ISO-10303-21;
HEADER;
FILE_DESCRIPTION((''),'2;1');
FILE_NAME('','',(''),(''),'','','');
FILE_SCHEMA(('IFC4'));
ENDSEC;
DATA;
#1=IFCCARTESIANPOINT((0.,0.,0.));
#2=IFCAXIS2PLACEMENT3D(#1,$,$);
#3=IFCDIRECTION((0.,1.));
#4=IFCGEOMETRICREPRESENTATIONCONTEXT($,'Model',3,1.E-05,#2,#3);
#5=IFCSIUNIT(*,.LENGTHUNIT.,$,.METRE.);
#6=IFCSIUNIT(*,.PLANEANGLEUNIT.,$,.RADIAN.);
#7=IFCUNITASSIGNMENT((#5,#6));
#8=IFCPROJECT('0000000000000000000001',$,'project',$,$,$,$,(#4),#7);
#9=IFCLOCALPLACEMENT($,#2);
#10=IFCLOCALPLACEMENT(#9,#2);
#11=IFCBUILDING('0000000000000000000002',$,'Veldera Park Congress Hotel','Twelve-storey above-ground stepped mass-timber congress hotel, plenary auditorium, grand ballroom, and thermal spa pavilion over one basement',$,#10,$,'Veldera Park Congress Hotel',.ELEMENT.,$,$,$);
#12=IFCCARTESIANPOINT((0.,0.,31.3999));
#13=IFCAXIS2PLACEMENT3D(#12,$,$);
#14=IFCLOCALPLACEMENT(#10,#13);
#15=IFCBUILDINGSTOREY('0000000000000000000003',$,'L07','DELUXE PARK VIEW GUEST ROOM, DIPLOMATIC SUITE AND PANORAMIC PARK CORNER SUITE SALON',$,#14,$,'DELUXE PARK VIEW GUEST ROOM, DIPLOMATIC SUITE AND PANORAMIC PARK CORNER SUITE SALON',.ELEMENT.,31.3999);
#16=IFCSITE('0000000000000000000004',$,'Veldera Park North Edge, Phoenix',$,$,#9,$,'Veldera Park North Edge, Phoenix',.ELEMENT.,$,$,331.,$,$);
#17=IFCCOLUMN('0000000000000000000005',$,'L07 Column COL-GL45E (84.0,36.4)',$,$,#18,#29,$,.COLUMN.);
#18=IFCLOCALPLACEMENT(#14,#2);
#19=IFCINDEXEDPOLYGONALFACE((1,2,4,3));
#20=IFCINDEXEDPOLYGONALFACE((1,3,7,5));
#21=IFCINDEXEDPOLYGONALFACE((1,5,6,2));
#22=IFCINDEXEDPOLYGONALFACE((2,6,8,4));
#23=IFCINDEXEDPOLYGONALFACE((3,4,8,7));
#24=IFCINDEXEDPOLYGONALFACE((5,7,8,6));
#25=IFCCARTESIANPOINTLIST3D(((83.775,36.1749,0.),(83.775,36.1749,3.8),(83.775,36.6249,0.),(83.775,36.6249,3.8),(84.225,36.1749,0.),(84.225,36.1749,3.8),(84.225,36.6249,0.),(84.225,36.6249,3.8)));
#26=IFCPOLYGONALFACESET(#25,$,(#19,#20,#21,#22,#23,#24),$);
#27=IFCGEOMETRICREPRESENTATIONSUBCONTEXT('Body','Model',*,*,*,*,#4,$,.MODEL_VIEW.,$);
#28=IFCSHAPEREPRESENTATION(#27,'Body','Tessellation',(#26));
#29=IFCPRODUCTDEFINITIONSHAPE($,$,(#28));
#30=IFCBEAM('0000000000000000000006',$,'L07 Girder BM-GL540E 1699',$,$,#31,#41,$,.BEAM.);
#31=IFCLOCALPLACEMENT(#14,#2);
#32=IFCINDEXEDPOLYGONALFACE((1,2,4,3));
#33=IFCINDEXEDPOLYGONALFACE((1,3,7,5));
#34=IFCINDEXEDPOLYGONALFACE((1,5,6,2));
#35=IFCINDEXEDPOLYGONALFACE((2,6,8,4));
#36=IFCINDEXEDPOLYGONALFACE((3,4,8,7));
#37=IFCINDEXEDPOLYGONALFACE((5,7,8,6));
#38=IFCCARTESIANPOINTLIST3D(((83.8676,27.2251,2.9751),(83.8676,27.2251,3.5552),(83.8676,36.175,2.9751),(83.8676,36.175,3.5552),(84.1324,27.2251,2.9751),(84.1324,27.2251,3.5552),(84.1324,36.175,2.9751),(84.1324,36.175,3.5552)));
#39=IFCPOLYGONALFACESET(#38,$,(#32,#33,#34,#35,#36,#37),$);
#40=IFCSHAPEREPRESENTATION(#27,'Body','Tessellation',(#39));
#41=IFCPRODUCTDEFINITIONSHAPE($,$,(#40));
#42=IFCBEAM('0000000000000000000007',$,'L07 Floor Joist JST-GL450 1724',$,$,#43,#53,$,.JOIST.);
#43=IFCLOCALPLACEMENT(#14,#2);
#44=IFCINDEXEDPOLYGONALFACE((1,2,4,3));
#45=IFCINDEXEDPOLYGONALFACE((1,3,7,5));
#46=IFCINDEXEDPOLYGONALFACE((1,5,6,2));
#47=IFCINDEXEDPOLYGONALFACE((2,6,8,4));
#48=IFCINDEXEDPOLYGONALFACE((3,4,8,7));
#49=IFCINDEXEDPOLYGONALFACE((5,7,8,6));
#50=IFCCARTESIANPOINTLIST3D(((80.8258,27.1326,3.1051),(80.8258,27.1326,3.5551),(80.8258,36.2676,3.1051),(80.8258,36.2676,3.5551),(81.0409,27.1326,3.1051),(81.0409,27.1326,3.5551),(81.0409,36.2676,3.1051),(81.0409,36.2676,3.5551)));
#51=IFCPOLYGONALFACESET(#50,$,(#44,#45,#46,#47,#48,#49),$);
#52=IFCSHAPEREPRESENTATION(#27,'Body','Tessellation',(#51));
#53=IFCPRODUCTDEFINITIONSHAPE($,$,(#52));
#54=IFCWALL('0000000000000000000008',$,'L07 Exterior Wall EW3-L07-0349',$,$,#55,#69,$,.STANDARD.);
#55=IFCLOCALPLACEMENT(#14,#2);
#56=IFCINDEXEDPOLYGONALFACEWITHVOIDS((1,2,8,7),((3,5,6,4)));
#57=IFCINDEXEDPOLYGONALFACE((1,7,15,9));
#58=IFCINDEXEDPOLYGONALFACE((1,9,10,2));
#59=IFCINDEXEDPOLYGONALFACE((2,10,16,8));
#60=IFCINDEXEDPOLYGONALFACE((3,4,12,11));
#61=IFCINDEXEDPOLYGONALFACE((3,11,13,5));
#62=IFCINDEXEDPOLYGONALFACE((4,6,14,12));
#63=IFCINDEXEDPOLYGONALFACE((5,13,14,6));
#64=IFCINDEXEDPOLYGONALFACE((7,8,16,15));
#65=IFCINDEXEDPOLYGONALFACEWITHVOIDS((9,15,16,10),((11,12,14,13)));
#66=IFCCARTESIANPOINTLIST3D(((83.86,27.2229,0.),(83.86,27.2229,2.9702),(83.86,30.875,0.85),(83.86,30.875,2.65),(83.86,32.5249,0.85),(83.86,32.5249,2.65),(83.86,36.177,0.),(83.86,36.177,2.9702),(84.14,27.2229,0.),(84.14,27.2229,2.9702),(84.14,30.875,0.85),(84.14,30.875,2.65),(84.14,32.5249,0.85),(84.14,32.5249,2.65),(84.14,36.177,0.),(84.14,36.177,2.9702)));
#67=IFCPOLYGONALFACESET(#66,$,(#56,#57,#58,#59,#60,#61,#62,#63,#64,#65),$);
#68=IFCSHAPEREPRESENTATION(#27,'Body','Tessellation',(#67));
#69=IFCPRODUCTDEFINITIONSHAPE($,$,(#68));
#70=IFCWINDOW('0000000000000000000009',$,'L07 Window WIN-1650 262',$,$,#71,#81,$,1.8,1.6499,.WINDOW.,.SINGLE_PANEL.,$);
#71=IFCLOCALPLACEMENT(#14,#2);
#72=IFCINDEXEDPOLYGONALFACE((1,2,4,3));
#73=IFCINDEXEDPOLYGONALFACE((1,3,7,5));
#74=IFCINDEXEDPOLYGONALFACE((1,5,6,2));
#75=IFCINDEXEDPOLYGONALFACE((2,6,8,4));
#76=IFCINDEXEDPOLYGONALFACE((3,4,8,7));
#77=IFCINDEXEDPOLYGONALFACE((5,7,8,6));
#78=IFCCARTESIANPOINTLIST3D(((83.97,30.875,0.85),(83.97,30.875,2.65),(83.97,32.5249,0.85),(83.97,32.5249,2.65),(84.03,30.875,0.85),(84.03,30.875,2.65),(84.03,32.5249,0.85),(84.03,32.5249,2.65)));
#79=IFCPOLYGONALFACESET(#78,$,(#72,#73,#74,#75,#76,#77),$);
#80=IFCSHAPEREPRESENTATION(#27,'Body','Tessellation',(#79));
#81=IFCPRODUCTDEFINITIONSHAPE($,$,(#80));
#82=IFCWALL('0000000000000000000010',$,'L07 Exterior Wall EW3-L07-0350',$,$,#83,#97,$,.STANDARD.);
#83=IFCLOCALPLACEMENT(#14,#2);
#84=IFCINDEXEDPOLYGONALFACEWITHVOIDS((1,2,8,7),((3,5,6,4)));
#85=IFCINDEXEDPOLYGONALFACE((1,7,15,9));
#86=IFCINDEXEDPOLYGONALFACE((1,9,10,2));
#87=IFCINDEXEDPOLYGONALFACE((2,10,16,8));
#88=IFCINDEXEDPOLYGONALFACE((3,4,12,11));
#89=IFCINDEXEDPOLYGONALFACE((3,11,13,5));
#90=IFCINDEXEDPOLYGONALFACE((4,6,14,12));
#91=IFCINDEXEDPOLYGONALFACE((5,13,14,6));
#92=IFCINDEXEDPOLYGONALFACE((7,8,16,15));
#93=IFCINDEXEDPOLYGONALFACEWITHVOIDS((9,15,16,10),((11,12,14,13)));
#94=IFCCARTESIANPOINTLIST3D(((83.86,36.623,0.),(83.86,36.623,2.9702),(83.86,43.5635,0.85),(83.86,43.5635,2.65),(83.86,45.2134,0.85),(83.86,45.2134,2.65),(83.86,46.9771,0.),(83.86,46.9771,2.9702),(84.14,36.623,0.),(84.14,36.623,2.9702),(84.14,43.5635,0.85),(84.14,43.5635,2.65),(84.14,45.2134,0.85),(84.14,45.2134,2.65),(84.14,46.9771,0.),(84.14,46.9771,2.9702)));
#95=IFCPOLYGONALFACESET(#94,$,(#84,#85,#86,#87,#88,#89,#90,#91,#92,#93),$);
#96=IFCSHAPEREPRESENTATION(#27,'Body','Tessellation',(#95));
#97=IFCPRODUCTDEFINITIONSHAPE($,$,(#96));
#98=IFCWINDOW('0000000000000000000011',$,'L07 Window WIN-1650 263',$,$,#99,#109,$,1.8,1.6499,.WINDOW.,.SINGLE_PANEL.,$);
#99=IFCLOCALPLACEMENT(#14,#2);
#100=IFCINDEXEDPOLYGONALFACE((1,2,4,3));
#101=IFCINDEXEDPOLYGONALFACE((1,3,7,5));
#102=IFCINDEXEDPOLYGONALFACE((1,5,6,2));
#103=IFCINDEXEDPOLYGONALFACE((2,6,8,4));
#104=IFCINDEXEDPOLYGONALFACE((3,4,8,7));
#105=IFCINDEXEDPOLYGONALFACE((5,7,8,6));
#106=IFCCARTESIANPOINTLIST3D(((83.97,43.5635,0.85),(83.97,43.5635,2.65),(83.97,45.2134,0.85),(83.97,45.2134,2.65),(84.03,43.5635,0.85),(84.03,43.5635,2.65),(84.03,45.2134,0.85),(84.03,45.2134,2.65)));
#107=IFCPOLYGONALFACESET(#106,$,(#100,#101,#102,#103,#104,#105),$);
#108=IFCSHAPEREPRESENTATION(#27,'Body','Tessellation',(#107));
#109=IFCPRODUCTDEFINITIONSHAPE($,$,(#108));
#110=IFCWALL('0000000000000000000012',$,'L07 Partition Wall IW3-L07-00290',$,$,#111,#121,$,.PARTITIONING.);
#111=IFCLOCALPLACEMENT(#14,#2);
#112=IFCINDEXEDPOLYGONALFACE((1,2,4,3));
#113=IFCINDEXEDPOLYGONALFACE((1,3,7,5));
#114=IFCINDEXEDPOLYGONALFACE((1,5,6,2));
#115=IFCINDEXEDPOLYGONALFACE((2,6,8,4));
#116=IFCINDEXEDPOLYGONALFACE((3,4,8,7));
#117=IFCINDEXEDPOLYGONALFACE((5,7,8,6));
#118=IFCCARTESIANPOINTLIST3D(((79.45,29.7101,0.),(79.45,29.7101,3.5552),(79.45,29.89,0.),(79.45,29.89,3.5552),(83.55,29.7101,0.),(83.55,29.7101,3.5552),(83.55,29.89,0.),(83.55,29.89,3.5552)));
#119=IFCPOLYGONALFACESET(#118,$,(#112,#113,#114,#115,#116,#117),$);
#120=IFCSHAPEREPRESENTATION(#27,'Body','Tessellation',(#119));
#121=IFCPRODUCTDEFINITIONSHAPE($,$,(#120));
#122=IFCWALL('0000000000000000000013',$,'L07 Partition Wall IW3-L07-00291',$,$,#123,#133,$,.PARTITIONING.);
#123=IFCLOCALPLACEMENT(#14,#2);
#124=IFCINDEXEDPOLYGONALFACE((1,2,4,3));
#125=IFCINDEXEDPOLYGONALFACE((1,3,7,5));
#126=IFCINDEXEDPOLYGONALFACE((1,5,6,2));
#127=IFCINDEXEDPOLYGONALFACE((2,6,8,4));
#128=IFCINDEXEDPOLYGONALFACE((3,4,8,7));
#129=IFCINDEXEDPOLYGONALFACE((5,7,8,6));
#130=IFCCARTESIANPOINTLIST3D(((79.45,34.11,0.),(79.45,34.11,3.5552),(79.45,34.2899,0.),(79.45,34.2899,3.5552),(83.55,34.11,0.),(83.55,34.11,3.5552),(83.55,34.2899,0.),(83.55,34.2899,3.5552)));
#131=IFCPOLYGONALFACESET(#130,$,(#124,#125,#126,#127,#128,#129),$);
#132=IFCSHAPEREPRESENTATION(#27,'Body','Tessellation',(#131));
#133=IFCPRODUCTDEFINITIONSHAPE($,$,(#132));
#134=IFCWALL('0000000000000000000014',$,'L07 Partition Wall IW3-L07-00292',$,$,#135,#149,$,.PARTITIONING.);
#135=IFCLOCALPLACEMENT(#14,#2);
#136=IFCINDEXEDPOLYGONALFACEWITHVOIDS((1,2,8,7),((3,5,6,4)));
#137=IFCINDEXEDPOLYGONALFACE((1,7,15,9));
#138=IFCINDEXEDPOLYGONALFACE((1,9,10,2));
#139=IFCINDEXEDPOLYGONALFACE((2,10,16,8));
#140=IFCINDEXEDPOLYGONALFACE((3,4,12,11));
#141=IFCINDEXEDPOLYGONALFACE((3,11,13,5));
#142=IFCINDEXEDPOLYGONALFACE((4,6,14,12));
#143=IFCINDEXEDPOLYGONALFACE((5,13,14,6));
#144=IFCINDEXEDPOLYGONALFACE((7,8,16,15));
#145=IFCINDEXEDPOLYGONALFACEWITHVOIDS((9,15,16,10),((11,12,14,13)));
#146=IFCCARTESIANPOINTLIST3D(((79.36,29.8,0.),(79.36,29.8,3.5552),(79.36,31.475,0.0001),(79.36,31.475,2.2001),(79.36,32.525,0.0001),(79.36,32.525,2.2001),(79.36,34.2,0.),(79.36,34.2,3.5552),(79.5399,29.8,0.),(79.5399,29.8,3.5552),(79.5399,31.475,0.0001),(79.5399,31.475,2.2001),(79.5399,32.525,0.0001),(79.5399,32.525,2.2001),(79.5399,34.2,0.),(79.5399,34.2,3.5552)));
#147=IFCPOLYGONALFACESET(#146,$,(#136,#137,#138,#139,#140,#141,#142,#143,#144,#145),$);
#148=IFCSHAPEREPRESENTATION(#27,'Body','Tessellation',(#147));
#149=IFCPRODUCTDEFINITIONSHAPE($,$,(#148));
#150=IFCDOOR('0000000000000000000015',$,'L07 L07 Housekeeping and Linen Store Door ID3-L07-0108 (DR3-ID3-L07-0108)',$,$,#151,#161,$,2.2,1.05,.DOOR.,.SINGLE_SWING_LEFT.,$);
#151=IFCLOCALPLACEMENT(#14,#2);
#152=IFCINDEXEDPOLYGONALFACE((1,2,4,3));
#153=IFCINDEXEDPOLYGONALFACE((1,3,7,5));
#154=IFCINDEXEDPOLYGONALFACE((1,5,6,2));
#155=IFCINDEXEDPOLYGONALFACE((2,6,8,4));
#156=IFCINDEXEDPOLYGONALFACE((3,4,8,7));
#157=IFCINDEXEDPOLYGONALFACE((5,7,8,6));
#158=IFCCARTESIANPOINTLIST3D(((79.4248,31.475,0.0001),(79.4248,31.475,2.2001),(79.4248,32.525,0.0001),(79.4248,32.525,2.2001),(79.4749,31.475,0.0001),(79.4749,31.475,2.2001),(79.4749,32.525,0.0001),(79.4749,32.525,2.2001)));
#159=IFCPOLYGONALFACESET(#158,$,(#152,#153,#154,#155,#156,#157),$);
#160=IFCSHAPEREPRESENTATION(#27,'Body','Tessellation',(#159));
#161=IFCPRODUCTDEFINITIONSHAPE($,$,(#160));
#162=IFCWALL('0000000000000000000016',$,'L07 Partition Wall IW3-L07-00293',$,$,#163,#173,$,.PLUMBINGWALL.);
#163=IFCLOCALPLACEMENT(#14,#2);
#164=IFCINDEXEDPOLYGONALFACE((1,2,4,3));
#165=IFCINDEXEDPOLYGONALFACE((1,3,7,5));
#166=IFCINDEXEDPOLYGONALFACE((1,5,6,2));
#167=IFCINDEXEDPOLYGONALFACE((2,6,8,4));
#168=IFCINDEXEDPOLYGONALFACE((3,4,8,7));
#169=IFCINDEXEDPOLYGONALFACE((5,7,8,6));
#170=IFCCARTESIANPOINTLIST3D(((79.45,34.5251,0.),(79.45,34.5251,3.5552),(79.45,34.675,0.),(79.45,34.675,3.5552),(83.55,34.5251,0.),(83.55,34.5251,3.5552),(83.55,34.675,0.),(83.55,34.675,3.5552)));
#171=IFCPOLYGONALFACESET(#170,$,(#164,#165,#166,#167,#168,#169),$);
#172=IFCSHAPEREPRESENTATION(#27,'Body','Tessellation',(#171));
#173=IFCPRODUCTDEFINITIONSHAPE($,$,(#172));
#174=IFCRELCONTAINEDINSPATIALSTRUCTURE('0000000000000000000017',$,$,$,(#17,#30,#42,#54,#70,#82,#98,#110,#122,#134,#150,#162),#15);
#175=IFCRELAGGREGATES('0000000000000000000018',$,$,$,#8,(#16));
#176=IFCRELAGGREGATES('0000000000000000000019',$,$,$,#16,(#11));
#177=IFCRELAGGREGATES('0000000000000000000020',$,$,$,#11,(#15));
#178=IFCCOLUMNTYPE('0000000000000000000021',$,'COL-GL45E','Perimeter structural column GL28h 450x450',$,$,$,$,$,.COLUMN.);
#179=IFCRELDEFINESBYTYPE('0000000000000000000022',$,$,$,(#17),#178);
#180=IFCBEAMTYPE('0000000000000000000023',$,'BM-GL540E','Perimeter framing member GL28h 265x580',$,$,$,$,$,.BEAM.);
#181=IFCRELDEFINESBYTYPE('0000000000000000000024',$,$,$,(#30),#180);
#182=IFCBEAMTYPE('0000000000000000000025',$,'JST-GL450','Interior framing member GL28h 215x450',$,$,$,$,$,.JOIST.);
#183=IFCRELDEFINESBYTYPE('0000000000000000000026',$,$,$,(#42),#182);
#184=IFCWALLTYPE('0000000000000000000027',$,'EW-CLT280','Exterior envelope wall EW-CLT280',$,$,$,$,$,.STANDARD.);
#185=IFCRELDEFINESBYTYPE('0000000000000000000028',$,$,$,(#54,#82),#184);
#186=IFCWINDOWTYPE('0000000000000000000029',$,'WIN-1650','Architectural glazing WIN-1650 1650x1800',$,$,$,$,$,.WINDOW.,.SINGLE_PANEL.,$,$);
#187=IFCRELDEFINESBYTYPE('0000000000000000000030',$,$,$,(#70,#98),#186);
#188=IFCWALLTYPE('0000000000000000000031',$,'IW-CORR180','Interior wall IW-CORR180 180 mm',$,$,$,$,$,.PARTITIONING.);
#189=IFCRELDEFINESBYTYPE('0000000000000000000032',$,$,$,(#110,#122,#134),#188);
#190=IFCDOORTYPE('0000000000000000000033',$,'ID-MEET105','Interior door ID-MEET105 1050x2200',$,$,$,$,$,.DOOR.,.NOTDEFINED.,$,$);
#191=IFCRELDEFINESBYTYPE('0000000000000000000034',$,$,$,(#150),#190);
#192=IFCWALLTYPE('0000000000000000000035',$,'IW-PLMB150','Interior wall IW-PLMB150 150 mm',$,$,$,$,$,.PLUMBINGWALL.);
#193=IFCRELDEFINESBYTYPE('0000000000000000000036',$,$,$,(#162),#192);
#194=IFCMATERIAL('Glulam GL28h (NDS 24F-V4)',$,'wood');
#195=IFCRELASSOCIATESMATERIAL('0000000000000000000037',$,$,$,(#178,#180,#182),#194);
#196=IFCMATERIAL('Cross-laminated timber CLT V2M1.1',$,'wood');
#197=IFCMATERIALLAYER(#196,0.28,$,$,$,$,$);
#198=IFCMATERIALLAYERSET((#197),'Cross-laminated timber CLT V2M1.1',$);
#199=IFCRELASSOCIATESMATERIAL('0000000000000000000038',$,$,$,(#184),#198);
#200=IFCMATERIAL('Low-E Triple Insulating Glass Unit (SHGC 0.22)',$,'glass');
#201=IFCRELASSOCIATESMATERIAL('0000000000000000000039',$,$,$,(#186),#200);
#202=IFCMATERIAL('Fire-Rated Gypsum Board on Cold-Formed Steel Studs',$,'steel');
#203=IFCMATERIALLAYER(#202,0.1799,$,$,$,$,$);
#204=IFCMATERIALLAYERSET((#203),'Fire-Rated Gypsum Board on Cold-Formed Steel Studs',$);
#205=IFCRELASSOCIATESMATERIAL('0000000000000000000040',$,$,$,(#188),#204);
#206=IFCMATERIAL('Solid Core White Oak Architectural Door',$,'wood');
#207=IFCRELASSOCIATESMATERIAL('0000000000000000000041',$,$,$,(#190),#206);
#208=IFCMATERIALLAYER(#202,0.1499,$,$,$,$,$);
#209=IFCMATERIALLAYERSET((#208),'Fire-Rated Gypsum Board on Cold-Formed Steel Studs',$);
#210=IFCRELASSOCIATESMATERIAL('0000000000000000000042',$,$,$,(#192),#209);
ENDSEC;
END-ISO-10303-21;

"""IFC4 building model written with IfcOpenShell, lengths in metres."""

from ifc_helpers import new_model, si_unit, direction, frame, frame_2d, origin, origin_2d, place, context, subcontext, project, spatial, rectangle, extrude, material, layer, layer_set, material_profile, profile_set, type_object, element, fill, save


model = new_model("IFC4")

# Units and contexts
model_context = context("Model", 3, precision=1e-05, world=origin(), true_north=direction((0.0, 1.0)))
body_context = subcontext(model_context, "Body", "Model", "MODEL_VIEW")
ifc_project = project(units=[si_unit("LENGTHUNIT", "METRE"), si_unit("PLANEANGLEUNIT", "RADIAN")], contexts=[model_context])

# Site, building, storey
site_placement = place(None, origin())
site = spatial("IfcSite", under=ifc_project, at=site_placement, Name="Veldera Park North Edge, Phoenix", LongName="Veldera Park North Edge, Phoenix", CompositionType="ELEMENT", RefElevation=331.0)
building_placement = place(site_placement, origin())
building = spatial("IfcBuilding", under=site, at=building_placement, Name="Veldera Park Congress Hotel", Description="Twelve-storey above-ground stepped mass-timber congress hotel, plenary auditorium, grand ballroom, and thermal spa pavilion over one basement", LongName="Veldera Park Congress Hotel", CompositionType="ELEMENT")
storey_placement = place(building_placement, frame((0.0, 0.0, 31.3999)))
storey = spatial("IfcBuildingStorey", under=building, at=storey_placement, Name="L07", Description="DELUXE PARK VIEW GUEST ROOM, DIPLOMATIC SUITE AND PANORAMIC PARK CORNER SUITE SALON", LongName="DELUXE PARK VIEW GUEST ROOM, DIPLOMATIC SUITE AND PANORAMIC PARK CORNER SUITE SALON", CompositionType="ELEMENT", Elevation=31.3999)

# Column
ifc_material_1 = material(Name="Glulam GL28h (NDS 24F-V4)", Category="wood")
ifc_material_profile_1 = material_profile(ifc_material_1, rectangle(XDim=0.45, YDim=0.45, at=origin_2d()), Name="GL28h 450x450")
ifc_profile_set_1 = profile_set([ifc_material_profile_1], Name="Glulam GL28h (NDS 24F-V4)")
column_type = type_object("IfcColumnType", Name="COL-GL45E", Description="Perimeter structural column GL28h 450x450", PredefinedType="COLUMN", material=ifc_profile_set_1)
column_placement = place(storey_placement, frame((84.0, 36.3999, 0.0), z_axis=(0.0, 0.0, 1.0), x_axis=(1.0, 0.0, 0.0)))
element("IfcColumn", 1, at=column_placement, inside=storey, type_object=column_type, Name="L07 Column COL-GL45E (84.0,36.4)", PredefinedType="COLUMN", context=body_context, shape_type="SweptSolid", body=[
    extrude(rectangle(XDim=0.45, YDim=0.45, at=origin_2d()), origin(), (0.0, 0.0, 1.0), 3.8),
])

# Beams
ifc_material_profile_2 = material_profile(ifc_material_1, rectangle(XDim=0.2649, YDim=0.5801, at=origin_2d()), Name="GL28h 265x580")
ifc_profile_set_2 = profile_set([ifc_material_profile_2], Name="Glulam GL28h (NDS 24F-V4)")
beam_type_1 = type_object("IfcBeamType", Name="BM-GL540E", Description="Perimeter framing member GL28h 265x580", PredefinedType="BEAM", material=ifc_profile_set_2)
beam_1_placement = place(storey_placement, frame((84.0, 27.2251, 3.2651), z_axis=(0.0, 1.0, 0.0), x_axis=(-1.0, 0.0, 0.0)))
element("IfcBeam", 2, at=beam_1_placement, inside=storey, type_object=beam_type_1, Name="L07 Girder BM-GL540E 1699", PredefinedType="BEAM", context=body_context, shape_type="SweptSolid", body=[
    extrude(rectangle(XDim=0.2649, YDim=0.5801, at=origin_2d()), origin(), (0.0, 0.0, 1.0), 8.95),
])
ifc_material_profile_3 = material_profile(ifc_material_1, rectangle(XDim=0.2151, YDim=0.45, at=origin_2d()), Name="GL28h 215x450")
ifc_profile_set_3 = profile_set([ifc_material_profile_3], Name="Glulam GL28h (NDS 24F-V4)")
beam_type_2 = type_object("IfcBeamType", Name="JST-GL450", Description="Interior framing member GL28h 215x450", PredefinedType="JOIST", material=ifc_profile_set_3)
beam_2_placement = place(storey_placement, frame((80.9333, 27.1326, 3.3301), z_axis=(0.0, 1.0, 0.0), x_axis=(-1.0, 0.0, 0.0)))
element("IfcBeam", 3, at=beam_2_placement, inside=storey, type_object=beam_type_2, Name="L07 Floor Joist JST-GL450 1724", PredefinedType="JOIST", context=body_context, shape_type="SweptSolid", body=[
    extrude(rectangle(XDim=0.2151, YDim=0.45, at=origin_2d()), origin(), (0.0, 0.0, 1.0), 9.135),
])

# Walls, openings, windows
ifc_material_2 = material(Name="Cross-laminated timber CLT V2M1.1", Category="wood")
ifc_layer_1 = layer(ifc_material_2, 0.28)
ifc_layer_set_1 = layer_set([ifc_layer_1], Name="Cross-laminated timber CLT V2M1.1")
wall_type_1 = type_object("IfcWallType", Name="EW-CLT280", Description="Exterior envelope wall EW-CLT280", PredefinedType="STANDARD", material=ifc_layer_set_1)
wall_1_placement = place(storey_placement, frame((84.0, 27.2229, 0.0), z_axis=(0.0, 0.0, 1.0), x_axis=(0.0, 1.0, 0.0)))
wall_1 = element("IfcWall", 4, at=wall_1_placement, inside=storey, type_object=wall_type_1, Name="L07 Exterior Wall EW3-L07-0349", PredefinedType="STANDARD", context=body_context, shape_type="SweptSolid", body=[
    extrude(rectangle(XDim=8.9541, YDim=0.28, at=frame_2d((4.4771, 0.0))), origin(), (0.0, 0.0, 1.0), 2.9702),
])
opening_1_placement = place(wall_1_placement, frame((3.6521, 0.0, 0.8501)))
opening_1 = element("IfcOpeningElement", 5, at=opening_1_placement, cuts=wall_1, PredefinedType="OPENING", context=body_context, shape_type="SweptSolid", body=[
    extrude(rectangle(XDim=1.6499, YDim=1.8, at=frame_2d((0.825, 0.8999))), frame((0.0, 0.1521, 0.0), z_axis=(0.0, -1.0, 0.0), x_axis=(1.0, 0.0, 0.0)), (0.0, 0.0, 1.0), 0.304),
])
ifc_material_3 = material(Name="Low-E Triple Insulating Glass Unit (SHGC 0.22)", Category="glass")
window_type = type_object("IfcWindowType", Name="WIN-1650", Description="Architectural glazing WIN-1650 1650x1800", PartitioningType="SINGLE_PANEL", PredefinedType="WINDOW", material=ifc_material_3)
window_1_placement = place(opening_1_placement, origin())
window_1 = element("IfcWindow", 6, at=window_1_placement, inside=storey, type_object=window_type, Name="L07 Window WIN-1650 262", OverallHeight=1.8, OverallWidth=1.6499, PartitioningType="SINGLE_PANEL", PredefinedType="WINDOW", context=body_context, shape_type="SweptSolid", body=[
    extrude(rectangle(XDim=1.6499, YDim=1.8, at=frame_2d((0.825, 0.8999))), frame((0.0, 0.03, 0.0), z_axis=(0.0, -1.0, 0.0), x_axis=(1.0, 0.0, 0.0)), (0.0, 0.0, 1.0), 0.0601),
])
fill(opening_1, window_1)
wall_2_placement = place(storey_placement, frame((84.0, 36.623, 0.0), z_axis=(0.0, 0.0, 1.0), x_axis=(0.0, 1.0, 0.0)))
wall_2 = element("IfcWall", 7, at=wall_2_placement, inside=storey, type_object=wall_type_1, Name="L07 Exterior Wall EW3-L07-0350", PredefinedType="STANDARD", context=body_context, shape_type="SweptSolid", body=[
    extrude(rectangle(XDim=10.354, YDim=0.28, at=frame_2d((5.177, 0.0))), origin(), (0.0, 0.0, 1.0), 2.9702),
])
opening_2_placement = place(wall_2_placement, frame((6.9404, 0.0, 0.8501)))
opening_2 = element("IfcOpeningElement", 8, at=opening_2_placement, cuts=wall_2, PredefinedType="OPENING", context=body_context, shape_type="SweptSolid", body=[
    extrude(rectangle(XDim=1.6499, YDim=1.8, at=frame_2d((0.825, 0.8999))), frame((0.0, 0.1521, 0.0), z_axis=(0.0, -1.0, 0.0), x_axis=(1.0, 0.0, 0.0)), (0.0, 0.0, 1.0), 0.304),
])
window_2_placement = place(opening_2_placement, origin())
window_2 = element("IfcWindow", 9, at=window_2_placement, inside=storey, type_object=window_type, Name="L07 Window WIN-1650 263", OverallHeight=1.8, OverallWidth=1.6499, PartitioningType="SINGLE_PANEL", PredefinedType="WINDOW", context=body_context, shape_type="SweptSolid", body=[
    extrude(rectangle(XDim=1.6499, YDim=1.8, at=frame_2d((0.825, 0.8999))), frame((0.0, 0.03, 0.0), z_axis=(0.0, -1.0, 0.0), x_axis=(1.0, 0.0, 0.0)), (0.0, 0.0, 1.0), 0.0601),
])
fill(opening_2, window_2)

# Walls
ifc_material_4 = material(Name="Fire-Rated Gypsum Board on Cold-Formed Steel Studs", Category="steel")
ifc_layer_2 = layer(ifc_material_4, 0.1799)
ifc_layer_set_2 = layer_set([ifc_layer_2], Name="Fire-Rated Gypsum Board on Cold-Formed Steel Studs")
wall_type_2 = type_object("IfcWallType", Name="IW-CORR180", Description="Interior wall IW-CORR180 180 mm", PredefinedType="PARTITIONING", material=ifc_layer_set_2)
for number, where, z_axis, x_axis, name in (
    (10, (79.45, 29.8, 0.0), (0.0, 0.0, 1.0), (1.0, 0.0, 0.0), "L07 Partition Wall IW3-L07-00290"),
    (11, (83.55, 34.2, 0.0), (0.0, 0.0, 1.0), (-1.0, 0.0, 0.0), "L07 Partition Wall IW3-L07-00291"),
):
    element("IfcWall", number, at=place(storey_placement, frame(where, z_axis=z_axis, x_axis=x_axis)), inside=storey, type_object=wall_type_2, Name=name, PredefinedType="PARTITIONING", context=body_context, shape_type="SweptSolid", body=[
        extrude(rectangle(XDim=4.1001, YDim=0.1799, at=frame_2d((2.05, 0.0))), origin(), (0.0, 0.0, 1.0), 3.5552),
    ])

# Wall, opening, door
wall_3_placement = place(storey_placement, frame((79.45, 34.2, 0.0), z_axis=(0.0, 0.0, 1.0), x_axis=(0.0, -1.0, 0.0)))
wall_3 = element("IfcWall", 12, at=wall_3_placement, inside=storey, type_object=wall_type_2, Name="L07 Partition Wall IW3-L07-00292", PredefinedType="PARTITIONING", context=body_context, shape_type="SweptSolid", body=[
    extrude(rectangle(XDim=4.3999, YDim=0.1799, at=frame_2d((2.2, 0.0))), origin(), (0.0, 0.0, 1.0), 3.5552),
])
opening_3_placement = place(wall_3_placement, frame((1.675, 0.0, 0.0)))
opening_3 = element("IfcOpeningElement", 13, at=opening_3_placement, cuts=wall_3, PredefinedType="OPENING", context=body_context, shape_type="SweptSolid", body=[
    extrude(rectangle(XDim=1.05, YDim=2.2, at=frame_2d((0.5249, 1.1001))), frame((0.0, 0.1021, 0.0), z_axis=(0.0, -1.0, 0.0), x_axis=(1.0, 0.0, 0.0)), (0.0, 0.0, 1.0), 0.2039),
])
ifc_material_5 = material(Name="Solid Core White Oak Architectural Door", Category="wood")
door_type = type_object("IfcDoorType", Name="ID-MEET105", Description="Interior door ID-MEET105 1050x2200", OperationType="NOTDEFINED", PredefinedType="DOOR", material=ifc_material_5)
door_placement = place(opening_3_placement, origin())
door = element("IfcDoor", 14, at=door_placement, inside=storey, type_object=door_type, Name="L07 L07 Housekeeping and Linen Store Door ID3-L07-0108 (DR3-ID3-L07-0108)", OperationType="SINGLE_SWING_LEFT", OverallHeight=2.2, OverallWidth=1.05, PredefinedType="DOOR", context=body_context, shape_type="SweptSolid", body=[
    extrude(rectangle(XDim=1.05, YDim=2.2, at=frame_2d((0.5249, 1.1001))), frame((0.0, 0.0249, 0.0), z_axis=(0.0, -1.0, 0.0), x_axis=(1.0, 0.0, 0.0)), (0.0, 0.0, 1.0), 0.05),
])
fill(opening_3, door)

# Wall
ifc_layer_3 = layer(ifc_material_4, 0.1499)
ifc_layer_set_3 = layer_set([ifc_layer_3], Name="Fire-Rated Gypsum Board on Cold-Formed Steel Studs")
wall_type_3 = type_object("IfcWallType", Name="IW-PLMB150", Description="Interior wall IW-PLMB150 150 mm", PredefinedType="PLUMBINGWALL", material=ifc_layer_set_3)
wall_4_placement = place(storey_placement, frame((79.45, 34.6001, 0.0), z_axis=(0.0, 0.0, 1.0), x_axis=(1.0, 0.0, 0.0)))
element("IfcWall", 15, at=wall_4_placement, inside=storey, type_object=wall_type_3, Name="L07 Partition Wall IW3-L07-00293", PredefinedType="PLUMBINGWALL", context=body_context, shape_type="SweptSolid", body=[
    extrude(rectangle(XDim=4.1001, YDim=0.1499, at=frame_2d((2.05, 0.0))), origin(), (0.0, 0.0, 1.0), 3.5552),
])

save(model, "model.ifc")
